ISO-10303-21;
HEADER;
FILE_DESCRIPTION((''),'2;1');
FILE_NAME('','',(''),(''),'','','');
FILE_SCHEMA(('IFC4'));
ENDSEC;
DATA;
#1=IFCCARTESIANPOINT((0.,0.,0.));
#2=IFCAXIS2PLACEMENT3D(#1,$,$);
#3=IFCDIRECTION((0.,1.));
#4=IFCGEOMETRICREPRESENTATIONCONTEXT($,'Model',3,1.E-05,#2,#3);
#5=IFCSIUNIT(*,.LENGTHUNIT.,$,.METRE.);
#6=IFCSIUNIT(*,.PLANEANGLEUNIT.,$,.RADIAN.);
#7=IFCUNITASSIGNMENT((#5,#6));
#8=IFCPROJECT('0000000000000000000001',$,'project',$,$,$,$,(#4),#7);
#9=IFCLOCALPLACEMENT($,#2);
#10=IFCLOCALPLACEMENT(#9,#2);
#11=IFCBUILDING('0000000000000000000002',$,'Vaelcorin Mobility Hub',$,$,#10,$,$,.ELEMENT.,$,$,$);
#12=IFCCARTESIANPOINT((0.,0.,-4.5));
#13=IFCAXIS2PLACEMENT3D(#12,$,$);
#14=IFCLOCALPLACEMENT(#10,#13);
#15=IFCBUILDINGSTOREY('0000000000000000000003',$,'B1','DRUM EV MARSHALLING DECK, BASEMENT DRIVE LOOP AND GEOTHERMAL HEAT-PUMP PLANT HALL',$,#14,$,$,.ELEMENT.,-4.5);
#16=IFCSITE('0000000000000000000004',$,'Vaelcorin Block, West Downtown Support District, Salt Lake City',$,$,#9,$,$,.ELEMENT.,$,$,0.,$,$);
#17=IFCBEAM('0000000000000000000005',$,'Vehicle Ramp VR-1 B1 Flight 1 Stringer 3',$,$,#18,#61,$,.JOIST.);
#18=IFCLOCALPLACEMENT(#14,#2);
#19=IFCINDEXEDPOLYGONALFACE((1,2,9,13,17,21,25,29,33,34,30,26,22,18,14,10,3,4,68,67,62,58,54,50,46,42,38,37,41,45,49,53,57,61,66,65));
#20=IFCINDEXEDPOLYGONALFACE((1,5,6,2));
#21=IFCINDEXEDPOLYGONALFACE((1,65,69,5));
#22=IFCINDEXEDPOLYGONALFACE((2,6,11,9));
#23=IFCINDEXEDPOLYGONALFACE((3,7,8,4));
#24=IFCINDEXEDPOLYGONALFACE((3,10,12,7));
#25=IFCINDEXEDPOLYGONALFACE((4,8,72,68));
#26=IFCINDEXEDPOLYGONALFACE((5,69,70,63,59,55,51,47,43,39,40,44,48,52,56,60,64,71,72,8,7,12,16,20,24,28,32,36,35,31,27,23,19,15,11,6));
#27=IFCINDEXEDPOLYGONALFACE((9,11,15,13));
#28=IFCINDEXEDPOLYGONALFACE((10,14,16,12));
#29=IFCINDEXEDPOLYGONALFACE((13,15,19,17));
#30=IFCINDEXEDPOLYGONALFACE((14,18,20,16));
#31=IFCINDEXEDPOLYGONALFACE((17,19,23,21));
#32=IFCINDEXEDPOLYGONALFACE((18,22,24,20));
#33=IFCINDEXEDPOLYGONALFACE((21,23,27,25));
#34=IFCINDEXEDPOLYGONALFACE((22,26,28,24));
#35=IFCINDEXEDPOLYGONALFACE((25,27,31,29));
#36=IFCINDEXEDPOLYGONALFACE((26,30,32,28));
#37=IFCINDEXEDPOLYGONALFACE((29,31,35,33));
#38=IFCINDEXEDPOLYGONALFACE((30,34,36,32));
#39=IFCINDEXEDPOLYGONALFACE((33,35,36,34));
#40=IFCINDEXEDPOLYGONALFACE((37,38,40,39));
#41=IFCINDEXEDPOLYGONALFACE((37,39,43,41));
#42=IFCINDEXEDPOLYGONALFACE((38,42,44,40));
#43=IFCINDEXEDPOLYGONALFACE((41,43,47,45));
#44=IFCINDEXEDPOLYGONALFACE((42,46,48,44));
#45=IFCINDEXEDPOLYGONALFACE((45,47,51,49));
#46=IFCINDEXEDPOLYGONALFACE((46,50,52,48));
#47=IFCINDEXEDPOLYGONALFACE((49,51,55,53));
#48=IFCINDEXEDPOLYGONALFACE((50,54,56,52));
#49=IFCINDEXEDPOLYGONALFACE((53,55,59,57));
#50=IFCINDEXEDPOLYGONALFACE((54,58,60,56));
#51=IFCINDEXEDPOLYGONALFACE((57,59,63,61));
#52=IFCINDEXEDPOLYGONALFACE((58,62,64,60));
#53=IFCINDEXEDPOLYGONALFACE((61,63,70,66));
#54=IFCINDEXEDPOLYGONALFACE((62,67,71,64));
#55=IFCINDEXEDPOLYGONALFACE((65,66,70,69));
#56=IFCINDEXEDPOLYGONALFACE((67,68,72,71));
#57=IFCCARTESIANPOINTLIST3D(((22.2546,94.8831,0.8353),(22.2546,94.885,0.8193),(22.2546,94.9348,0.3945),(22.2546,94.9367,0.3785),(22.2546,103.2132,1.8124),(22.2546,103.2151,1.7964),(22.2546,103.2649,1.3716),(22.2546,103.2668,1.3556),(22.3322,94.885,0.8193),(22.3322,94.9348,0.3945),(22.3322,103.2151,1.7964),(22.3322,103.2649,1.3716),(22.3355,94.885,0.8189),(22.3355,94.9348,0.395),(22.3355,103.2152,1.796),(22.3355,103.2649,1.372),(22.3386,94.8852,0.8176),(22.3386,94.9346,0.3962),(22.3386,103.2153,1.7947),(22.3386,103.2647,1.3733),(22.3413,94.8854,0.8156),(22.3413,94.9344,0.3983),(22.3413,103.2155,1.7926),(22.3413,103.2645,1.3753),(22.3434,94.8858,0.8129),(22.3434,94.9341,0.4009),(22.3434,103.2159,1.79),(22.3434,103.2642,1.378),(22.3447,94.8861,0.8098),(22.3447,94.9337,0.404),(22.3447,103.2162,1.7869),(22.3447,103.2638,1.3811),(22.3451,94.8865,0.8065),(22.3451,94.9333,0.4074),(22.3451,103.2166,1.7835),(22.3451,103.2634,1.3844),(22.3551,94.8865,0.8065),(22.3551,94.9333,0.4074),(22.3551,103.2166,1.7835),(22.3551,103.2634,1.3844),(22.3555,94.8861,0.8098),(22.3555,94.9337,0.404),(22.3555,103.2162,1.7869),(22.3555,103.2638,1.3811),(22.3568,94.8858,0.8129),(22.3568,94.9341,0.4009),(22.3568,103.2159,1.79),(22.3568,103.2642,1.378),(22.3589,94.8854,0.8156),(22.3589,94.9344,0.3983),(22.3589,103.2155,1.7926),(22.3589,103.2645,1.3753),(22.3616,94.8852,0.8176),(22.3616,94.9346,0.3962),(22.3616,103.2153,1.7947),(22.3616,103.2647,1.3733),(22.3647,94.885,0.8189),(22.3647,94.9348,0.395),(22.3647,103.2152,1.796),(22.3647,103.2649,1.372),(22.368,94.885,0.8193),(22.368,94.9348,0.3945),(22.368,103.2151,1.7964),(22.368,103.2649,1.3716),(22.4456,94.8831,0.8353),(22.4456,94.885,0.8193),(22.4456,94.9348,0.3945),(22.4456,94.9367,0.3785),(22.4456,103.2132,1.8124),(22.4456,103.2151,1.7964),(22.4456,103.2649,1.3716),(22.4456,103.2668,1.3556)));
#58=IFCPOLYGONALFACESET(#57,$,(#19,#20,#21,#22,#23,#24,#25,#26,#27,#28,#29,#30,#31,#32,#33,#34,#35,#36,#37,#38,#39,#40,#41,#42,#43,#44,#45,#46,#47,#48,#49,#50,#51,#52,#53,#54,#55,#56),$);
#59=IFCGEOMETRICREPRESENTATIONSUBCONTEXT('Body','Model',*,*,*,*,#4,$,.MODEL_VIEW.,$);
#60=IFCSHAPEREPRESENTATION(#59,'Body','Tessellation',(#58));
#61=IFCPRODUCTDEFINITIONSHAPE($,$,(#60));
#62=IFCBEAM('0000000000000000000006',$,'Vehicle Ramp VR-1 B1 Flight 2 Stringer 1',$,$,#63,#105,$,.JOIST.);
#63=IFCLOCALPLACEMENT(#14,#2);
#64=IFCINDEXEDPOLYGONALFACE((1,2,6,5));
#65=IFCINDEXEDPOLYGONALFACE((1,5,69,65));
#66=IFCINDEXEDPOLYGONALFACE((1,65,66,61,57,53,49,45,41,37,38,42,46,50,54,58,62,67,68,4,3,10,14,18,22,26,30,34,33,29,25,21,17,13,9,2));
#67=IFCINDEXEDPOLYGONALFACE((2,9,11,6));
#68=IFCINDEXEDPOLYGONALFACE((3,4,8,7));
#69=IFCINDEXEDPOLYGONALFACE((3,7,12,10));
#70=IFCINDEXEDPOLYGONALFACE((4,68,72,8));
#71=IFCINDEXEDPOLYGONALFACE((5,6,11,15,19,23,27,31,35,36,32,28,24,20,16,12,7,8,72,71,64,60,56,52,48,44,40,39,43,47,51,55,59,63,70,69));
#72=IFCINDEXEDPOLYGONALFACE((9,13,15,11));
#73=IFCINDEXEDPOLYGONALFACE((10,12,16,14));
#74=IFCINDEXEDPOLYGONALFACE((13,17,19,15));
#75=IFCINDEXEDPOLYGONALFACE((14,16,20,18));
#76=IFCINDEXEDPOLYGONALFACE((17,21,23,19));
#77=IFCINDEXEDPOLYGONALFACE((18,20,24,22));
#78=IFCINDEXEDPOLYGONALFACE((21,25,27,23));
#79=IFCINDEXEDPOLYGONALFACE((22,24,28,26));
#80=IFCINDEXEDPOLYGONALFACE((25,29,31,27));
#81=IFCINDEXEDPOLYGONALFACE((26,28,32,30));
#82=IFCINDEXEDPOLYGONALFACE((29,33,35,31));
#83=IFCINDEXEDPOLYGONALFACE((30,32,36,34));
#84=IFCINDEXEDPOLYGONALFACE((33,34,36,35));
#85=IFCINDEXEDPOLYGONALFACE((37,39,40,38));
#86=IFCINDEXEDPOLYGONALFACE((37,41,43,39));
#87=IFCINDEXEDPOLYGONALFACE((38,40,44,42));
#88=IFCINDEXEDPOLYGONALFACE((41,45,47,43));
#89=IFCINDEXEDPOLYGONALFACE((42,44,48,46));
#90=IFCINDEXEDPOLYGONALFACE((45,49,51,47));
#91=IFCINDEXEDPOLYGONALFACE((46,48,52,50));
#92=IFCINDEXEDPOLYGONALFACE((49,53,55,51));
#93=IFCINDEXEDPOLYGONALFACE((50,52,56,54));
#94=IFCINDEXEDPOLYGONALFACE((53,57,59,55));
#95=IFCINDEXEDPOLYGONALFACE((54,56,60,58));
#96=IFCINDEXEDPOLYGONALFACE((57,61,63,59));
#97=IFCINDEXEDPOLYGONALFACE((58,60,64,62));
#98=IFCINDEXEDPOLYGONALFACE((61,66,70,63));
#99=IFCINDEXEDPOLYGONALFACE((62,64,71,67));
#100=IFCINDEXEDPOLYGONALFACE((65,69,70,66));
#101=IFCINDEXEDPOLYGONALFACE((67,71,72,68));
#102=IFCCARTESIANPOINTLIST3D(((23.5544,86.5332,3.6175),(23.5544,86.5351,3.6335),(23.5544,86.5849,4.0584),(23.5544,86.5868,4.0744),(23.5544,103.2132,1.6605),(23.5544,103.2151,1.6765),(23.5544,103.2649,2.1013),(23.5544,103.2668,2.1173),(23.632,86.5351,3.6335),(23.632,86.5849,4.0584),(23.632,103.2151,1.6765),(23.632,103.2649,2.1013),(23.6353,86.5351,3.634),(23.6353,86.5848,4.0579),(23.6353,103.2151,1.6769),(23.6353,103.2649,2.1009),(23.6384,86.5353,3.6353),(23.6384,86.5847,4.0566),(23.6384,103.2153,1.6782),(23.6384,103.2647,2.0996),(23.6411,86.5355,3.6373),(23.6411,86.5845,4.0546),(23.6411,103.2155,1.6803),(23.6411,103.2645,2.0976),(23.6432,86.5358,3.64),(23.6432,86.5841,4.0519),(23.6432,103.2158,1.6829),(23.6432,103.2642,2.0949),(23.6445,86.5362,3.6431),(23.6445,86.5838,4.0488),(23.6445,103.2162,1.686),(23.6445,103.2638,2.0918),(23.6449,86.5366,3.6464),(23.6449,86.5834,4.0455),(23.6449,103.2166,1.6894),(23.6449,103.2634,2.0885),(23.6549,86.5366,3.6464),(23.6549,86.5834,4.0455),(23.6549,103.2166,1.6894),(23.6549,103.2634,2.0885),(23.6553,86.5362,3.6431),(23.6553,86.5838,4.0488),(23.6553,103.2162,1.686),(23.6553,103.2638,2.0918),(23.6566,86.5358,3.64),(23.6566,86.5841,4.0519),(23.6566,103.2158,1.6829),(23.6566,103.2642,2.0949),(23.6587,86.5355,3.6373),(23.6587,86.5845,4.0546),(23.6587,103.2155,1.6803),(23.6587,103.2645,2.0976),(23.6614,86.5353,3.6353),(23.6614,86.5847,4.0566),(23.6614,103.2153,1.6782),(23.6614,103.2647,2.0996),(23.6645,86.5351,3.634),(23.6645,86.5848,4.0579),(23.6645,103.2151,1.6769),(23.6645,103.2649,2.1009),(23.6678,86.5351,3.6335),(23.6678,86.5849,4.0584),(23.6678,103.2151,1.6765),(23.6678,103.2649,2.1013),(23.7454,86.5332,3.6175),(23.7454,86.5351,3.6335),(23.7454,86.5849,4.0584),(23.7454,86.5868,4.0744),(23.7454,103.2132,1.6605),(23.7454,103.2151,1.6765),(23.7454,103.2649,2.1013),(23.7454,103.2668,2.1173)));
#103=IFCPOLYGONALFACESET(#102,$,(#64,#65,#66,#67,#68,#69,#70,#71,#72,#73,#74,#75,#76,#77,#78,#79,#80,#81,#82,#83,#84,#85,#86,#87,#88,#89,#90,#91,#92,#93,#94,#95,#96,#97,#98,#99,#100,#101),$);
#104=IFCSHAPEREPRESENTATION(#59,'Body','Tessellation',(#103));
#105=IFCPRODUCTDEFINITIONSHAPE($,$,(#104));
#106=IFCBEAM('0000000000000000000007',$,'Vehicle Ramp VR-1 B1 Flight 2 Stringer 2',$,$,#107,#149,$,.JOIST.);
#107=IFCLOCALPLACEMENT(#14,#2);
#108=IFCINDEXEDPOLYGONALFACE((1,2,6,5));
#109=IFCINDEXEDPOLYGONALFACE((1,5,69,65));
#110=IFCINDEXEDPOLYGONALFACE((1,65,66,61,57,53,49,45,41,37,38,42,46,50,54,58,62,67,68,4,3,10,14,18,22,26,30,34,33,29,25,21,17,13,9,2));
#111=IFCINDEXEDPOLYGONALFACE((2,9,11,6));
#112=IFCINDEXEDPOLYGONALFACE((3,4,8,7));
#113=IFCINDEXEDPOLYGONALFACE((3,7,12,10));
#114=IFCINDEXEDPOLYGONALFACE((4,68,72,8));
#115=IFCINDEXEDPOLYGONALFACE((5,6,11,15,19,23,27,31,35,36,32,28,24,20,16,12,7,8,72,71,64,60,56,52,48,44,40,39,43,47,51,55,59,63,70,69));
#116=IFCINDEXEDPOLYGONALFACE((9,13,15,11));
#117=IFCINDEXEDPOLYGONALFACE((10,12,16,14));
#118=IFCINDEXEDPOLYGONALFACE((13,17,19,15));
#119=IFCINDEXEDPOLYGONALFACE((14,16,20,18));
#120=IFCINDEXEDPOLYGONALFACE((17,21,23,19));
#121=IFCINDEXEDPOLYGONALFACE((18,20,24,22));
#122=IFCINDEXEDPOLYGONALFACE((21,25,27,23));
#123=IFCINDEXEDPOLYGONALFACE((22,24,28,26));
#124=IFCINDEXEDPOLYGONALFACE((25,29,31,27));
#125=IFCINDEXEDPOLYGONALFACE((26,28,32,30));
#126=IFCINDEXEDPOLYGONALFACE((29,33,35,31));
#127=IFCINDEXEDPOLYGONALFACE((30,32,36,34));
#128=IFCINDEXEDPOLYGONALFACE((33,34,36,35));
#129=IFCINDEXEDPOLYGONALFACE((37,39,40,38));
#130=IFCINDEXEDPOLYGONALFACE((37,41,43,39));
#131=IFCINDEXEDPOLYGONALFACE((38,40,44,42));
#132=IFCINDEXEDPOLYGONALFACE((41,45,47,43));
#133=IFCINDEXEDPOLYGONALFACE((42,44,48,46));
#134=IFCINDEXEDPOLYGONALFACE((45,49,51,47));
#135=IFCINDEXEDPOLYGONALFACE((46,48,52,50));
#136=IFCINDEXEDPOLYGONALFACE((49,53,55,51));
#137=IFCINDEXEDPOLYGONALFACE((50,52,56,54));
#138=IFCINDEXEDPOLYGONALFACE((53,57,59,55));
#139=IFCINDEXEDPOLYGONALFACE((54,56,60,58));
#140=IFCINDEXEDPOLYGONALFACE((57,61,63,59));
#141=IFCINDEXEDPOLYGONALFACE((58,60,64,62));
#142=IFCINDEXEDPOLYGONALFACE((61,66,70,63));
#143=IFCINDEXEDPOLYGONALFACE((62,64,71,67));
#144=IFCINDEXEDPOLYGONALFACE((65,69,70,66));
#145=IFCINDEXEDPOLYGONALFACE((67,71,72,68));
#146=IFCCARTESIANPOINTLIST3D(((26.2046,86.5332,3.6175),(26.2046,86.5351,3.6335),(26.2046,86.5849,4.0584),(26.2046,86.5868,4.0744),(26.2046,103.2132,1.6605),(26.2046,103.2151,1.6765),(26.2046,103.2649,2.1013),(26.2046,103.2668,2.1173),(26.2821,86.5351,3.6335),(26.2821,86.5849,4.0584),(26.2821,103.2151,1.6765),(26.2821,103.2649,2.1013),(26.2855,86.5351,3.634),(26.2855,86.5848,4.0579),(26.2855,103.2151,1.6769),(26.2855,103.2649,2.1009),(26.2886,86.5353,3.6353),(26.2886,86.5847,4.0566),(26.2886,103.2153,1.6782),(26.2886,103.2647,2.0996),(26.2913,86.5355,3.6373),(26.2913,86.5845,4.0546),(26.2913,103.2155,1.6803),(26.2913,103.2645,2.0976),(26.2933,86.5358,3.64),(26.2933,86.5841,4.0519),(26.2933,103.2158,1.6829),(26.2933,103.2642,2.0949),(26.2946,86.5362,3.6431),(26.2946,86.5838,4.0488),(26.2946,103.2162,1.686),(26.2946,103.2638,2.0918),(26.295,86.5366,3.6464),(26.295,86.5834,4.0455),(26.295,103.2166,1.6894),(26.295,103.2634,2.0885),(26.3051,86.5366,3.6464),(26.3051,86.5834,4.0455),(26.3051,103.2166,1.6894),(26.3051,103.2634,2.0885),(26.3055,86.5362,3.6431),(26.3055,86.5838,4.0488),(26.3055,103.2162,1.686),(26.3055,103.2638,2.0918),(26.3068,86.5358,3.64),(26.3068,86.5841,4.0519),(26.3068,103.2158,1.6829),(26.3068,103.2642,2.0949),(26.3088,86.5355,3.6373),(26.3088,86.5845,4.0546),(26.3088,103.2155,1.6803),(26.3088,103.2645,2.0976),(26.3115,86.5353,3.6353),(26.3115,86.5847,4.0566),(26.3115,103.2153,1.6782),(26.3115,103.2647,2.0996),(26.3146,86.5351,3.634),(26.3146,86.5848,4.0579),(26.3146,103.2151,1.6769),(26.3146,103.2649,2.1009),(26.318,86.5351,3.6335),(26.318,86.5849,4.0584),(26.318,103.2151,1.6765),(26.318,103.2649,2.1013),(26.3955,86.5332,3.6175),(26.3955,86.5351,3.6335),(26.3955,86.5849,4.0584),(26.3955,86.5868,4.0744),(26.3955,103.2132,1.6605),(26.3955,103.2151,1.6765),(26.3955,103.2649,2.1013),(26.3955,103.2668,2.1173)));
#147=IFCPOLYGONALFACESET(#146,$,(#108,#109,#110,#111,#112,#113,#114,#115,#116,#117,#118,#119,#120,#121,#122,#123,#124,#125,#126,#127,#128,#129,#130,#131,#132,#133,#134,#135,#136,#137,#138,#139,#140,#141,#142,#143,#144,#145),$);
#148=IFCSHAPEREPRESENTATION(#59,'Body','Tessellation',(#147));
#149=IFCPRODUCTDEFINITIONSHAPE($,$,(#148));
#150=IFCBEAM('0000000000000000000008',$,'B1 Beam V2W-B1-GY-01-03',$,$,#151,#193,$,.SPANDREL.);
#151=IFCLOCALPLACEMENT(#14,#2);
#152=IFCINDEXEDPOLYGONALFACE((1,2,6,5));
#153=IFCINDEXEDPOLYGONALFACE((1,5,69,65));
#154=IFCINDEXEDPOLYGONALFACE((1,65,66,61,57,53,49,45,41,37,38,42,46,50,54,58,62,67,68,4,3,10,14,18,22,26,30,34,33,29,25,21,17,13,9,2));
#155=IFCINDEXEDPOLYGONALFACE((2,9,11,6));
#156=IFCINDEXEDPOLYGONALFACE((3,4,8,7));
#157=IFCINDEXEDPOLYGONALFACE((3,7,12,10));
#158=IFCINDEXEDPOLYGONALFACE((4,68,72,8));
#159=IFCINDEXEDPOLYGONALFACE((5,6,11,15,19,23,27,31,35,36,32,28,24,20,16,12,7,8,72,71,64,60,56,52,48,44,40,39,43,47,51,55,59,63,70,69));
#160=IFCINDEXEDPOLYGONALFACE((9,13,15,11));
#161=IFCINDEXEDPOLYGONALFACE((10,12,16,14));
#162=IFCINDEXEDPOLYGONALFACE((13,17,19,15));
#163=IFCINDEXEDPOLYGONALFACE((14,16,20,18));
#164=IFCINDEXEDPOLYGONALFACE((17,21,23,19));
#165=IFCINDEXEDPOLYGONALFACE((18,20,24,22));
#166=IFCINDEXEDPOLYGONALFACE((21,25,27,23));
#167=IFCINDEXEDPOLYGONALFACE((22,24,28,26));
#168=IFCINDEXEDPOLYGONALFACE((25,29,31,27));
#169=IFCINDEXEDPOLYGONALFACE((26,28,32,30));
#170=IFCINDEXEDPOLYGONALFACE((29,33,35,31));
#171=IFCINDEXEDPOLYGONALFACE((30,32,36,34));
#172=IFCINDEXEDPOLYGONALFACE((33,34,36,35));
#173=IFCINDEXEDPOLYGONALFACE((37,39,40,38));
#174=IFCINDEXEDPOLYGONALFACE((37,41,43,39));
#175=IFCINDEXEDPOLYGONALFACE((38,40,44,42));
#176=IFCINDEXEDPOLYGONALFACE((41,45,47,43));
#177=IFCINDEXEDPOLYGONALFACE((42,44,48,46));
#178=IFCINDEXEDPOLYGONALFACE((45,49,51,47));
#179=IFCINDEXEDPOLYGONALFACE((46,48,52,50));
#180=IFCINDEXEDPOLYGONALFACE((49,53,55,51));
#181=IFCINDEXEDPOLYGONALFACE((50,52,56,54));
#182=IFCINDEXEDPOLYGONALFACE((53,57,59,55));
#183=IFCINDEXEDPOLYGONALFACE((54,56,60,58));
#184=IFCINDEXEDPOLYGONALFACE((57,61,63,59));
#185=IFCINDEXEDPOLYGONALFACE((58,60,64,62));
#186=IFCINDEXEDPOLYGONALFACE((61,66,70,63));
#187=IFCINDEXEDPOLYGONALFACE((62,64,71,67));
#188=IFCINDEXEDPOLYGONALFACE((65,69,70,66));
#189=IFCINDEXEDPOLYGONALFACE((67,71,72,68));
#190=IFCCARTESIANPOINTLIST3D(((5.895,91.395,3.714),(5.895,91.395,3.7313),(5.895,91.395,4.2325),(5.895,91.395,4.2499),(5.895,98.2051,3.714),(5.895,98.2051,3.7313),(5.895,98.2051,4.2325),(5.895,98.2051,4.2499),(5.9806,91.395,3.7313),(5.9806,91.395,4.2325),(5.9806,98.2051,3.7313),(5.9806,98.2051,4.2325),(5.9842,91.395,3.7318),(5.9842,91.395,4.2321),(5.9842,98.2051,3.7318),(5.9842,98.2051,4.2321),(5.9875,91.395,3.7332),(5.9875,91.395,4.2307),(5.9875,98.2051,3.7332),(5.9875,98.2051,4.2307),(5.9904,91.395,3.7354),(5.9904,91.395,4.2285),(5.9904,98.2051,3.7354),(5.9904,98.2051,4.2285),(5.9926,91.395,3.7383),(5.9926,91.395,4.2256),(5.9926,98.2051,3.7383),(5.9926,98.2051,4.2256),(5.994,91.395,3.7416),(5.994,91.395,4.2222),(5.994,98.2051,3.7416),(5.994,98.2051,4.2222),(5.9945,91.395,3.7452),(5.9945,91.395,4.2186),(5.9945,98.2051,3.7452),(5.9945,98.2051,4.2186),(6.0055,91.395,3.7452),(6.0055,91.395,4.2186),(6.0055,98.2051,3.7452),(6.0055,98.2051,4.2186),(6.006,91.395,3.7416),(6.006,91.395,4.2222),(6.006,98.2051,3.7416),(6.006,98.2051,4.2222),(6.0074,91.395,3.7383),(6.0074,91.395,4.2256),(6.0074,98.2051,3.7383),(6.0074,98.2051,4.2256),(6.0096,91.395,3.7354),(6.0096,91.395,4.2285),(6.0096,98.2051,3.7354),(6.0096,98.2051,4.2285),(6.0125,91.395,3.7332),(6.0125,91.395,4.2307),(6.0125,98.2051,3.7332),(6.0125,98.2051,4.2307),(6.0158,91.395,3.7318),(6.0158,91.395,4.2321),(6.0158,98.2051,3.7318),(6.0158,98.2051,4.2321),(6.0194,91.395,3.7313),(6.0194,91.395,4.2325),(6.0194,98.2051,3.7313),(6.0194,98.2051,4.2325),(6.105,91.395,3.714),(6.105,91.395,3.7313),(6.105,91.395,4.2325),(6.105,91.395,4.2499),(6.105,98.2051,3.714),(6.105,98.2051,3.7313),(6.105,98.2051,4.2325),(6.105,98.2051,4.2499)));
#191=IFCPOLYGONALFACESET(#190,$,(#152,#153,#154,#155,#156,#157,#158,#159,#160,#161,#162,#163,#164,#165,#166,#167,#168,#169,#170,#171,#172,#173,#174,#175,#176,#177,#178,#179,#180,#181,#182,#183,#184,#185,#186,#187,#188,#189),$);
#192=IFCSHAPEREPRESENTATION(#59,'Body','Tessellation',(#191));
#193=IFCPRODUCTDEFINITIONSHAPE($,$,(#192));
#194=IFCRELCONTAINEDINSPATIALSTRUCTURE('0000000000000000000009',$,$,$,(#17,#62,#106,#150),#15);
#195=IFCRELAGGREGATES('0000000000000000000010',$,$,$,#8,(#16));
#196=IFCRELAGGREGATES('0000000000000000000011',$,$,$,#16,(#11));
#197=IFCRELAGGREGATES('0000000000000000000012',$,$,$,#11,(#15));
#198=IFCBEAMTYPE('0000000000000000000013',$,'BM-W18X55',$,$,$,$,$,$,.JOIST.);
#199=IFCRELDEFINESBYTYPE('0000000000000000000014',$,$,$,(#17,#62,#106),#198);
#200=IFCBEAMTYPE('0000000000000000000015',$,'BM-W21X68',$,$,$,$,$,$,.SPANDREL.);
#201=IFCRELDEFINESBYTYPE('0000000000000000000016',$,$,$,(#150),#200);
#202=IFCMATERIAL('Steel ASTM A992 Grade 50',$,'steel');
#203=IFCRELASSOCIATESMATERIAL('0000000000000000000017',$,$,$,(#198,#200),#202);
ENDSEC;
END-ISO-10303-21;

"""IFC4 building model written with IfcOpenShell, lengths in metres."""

from ifc_helpers import new_model, si_unit, direction, frame, origin, origin_2d, place, context, subcontext, project, spatial, i_section, extrude, material, material_profile, profile_set, type_object, element, save


model = new_model("IFC4")

# Units and contexts
model_context = context("Model", 3, precision=1e-05, world=origin(), true_north=direction((0.0, 1.0)))
body_context = subcontext(model_context, "Body", "Model", "MODEL_VIEW")
ifc_project = project(units=[si_unit("LENGTHUNIT", "METRE"), si_unit("PLANEANGLEUNIT", "RADIAN")], contexts=[model_context])

# Site, building, storey
site_placement = place(None, origin())
site = spatial("IfcSite", under=ifc_project, at=site_placement, Name="Vaelcorin Block, West Downtown Support District, Salt Lake City", CompositionType="ELEMENT", RefElevation=0.0)
building_placement = place(site_placement, origin())
building = spatial("IfcBuilding", under=site, at=building_placement, Name="Vaelcorin Mobility Hub", CompositionType="ELEMENT")
storey_placement = place(building_placement, frame((0.0, 0.0, -4.5)))
storey = spatial("IfcBuildingStorey", under=building, at=storey_placement, Name="B1", Description="DRUM EV MARSHALLING DECK, BASEMENT DRIVE LOOP AND GEOTHERMAL HEAT-PUMP PLANT HALL", CompositionType="ELEMENT", Elevation=-4.5)

# Shared definitions
ifc_material_1 = material(Name="Steel ASTM A992 Grade 50", Category="steel")

# Beams
ifc_material_profile_1 = material_profile(ifc_material_1, i_section(OverallWidth=0.1909, OverallDepth=0.46, WebThickness=0.01, FlangeThickness=0.0161, FilletRadius=0.0129, at=origin_2d()), Name="W18X55")
ifc_profile_set_1 = profile_set([ifc_material_profile_1], Name="Steel ASTM A992 Grade 50")
beam_type_1 = type_object("IfcBeamType", Name="BM-W18X55", PredefinedType="JOIST", material=ifc_profile_set_1)
for number, where, z_axis, x_axis, name in (
    (1, (22.3501, 94.9099, 0.6069), (0.0, 0.993191, 0.116493), (-1.0, 0.0, 0.0), "Vehicle Ramp VR-1 B1 Flight 1 Stringer 3"),
):
    element("IfcBeam", number, at=place(storey_placement, frame(where, z_axis=z_axis, x_axis=x_axis)), inside=storey, type_object=beam_type_1, Name=name, PredefinedType="JOIST", context=body_context, shape_type="SweptSolid", body=[
        extrude(i_section(OverallWidth=0.1909, OverallDepth=0.46, WebThickness=0.01, FlangeThickness=0.0161, FilletRadius=0.0129, at=origin_2d()), origin(), (0.0, 0.0, 1.0), 8.3872),
    ])
for number, where, z_axis, x_axis, name in (
    (2, (23.6499, 103.24, 1.8889), (0.0, -0.993187, 0.116529), (1.0, 0.0, 0.0), "Vehicle Ramp VR-1 B1 Flight 2 Stringer 1"),
    (3, (26.3, 103.24, 1.8889), (0.0, -0.993187, 0.116529), (1.0, 0.0, 0.0), "Vehicle Ramp VR-1 B1 Flight 2 Stringer 2"),
):
    element("IfcBeam", number, at=place(storey_placement, frame(where, z_axis=z_axis, x_axis=x_axis)), inside=storey, type_object=beam_type_1, Name=name, PredefinedType="JOIST", context=body_context, shape_type="SweptSolid", body=[
        extrude(i_section(OverallWidth=0.1909, OverallDepth=0.46, WebThickness=0.01, FlangeThickness=0.0161, FilletRadius=0.0129, at=origin_2d()), origin(), (0.0, 0.0, 1.0), 16.7944),
    ])
ifc_material_profile_2 = material_profile(ifc_material_1, i_section(OverallWidth=0.21, OverallDepth=0.5359, WebThickness=0.011, FlangeThickness=0.0173, FilletRadius=0.0139, at=origin_2d()), Name="W21X68")
ifc_profile_set_2 = profile_set([ifc_material_profile_2], Name="Steel ASTM A992 Grade 50")
beam_type_2 = type_object("IfcBeamType", Name="BM-W21X68", PredefinedType="SPANDREL", material=ifc_profile_set_2)
beam_1_placement = place(storey_placement, frame((6.0, 91.395, 3.9819), z_axis=(0.0, 1.0, 0.0), x_axis=(-1.0, 0.0, 0.0)))
element("IfcBeam", 4, at=beam_1_placement, inside=storey, type_object=beam_type_2, Name="B1 Beam V2W-B1-GY-01-03", PredefinedType="SPANDREL", context=body_context, shape_type="SweptSolid", body=[
    extrude(i_section(OverallWidth=0.21, OverallDepth=0.5359, WebThickness=0.011, FlangeThickness=0.0173, FilletRadius=0.0139, at=origin_2d()), origin(), (0.0, 0.0, 1.0), 6.8101),
])

save(model, "model.ifc")
